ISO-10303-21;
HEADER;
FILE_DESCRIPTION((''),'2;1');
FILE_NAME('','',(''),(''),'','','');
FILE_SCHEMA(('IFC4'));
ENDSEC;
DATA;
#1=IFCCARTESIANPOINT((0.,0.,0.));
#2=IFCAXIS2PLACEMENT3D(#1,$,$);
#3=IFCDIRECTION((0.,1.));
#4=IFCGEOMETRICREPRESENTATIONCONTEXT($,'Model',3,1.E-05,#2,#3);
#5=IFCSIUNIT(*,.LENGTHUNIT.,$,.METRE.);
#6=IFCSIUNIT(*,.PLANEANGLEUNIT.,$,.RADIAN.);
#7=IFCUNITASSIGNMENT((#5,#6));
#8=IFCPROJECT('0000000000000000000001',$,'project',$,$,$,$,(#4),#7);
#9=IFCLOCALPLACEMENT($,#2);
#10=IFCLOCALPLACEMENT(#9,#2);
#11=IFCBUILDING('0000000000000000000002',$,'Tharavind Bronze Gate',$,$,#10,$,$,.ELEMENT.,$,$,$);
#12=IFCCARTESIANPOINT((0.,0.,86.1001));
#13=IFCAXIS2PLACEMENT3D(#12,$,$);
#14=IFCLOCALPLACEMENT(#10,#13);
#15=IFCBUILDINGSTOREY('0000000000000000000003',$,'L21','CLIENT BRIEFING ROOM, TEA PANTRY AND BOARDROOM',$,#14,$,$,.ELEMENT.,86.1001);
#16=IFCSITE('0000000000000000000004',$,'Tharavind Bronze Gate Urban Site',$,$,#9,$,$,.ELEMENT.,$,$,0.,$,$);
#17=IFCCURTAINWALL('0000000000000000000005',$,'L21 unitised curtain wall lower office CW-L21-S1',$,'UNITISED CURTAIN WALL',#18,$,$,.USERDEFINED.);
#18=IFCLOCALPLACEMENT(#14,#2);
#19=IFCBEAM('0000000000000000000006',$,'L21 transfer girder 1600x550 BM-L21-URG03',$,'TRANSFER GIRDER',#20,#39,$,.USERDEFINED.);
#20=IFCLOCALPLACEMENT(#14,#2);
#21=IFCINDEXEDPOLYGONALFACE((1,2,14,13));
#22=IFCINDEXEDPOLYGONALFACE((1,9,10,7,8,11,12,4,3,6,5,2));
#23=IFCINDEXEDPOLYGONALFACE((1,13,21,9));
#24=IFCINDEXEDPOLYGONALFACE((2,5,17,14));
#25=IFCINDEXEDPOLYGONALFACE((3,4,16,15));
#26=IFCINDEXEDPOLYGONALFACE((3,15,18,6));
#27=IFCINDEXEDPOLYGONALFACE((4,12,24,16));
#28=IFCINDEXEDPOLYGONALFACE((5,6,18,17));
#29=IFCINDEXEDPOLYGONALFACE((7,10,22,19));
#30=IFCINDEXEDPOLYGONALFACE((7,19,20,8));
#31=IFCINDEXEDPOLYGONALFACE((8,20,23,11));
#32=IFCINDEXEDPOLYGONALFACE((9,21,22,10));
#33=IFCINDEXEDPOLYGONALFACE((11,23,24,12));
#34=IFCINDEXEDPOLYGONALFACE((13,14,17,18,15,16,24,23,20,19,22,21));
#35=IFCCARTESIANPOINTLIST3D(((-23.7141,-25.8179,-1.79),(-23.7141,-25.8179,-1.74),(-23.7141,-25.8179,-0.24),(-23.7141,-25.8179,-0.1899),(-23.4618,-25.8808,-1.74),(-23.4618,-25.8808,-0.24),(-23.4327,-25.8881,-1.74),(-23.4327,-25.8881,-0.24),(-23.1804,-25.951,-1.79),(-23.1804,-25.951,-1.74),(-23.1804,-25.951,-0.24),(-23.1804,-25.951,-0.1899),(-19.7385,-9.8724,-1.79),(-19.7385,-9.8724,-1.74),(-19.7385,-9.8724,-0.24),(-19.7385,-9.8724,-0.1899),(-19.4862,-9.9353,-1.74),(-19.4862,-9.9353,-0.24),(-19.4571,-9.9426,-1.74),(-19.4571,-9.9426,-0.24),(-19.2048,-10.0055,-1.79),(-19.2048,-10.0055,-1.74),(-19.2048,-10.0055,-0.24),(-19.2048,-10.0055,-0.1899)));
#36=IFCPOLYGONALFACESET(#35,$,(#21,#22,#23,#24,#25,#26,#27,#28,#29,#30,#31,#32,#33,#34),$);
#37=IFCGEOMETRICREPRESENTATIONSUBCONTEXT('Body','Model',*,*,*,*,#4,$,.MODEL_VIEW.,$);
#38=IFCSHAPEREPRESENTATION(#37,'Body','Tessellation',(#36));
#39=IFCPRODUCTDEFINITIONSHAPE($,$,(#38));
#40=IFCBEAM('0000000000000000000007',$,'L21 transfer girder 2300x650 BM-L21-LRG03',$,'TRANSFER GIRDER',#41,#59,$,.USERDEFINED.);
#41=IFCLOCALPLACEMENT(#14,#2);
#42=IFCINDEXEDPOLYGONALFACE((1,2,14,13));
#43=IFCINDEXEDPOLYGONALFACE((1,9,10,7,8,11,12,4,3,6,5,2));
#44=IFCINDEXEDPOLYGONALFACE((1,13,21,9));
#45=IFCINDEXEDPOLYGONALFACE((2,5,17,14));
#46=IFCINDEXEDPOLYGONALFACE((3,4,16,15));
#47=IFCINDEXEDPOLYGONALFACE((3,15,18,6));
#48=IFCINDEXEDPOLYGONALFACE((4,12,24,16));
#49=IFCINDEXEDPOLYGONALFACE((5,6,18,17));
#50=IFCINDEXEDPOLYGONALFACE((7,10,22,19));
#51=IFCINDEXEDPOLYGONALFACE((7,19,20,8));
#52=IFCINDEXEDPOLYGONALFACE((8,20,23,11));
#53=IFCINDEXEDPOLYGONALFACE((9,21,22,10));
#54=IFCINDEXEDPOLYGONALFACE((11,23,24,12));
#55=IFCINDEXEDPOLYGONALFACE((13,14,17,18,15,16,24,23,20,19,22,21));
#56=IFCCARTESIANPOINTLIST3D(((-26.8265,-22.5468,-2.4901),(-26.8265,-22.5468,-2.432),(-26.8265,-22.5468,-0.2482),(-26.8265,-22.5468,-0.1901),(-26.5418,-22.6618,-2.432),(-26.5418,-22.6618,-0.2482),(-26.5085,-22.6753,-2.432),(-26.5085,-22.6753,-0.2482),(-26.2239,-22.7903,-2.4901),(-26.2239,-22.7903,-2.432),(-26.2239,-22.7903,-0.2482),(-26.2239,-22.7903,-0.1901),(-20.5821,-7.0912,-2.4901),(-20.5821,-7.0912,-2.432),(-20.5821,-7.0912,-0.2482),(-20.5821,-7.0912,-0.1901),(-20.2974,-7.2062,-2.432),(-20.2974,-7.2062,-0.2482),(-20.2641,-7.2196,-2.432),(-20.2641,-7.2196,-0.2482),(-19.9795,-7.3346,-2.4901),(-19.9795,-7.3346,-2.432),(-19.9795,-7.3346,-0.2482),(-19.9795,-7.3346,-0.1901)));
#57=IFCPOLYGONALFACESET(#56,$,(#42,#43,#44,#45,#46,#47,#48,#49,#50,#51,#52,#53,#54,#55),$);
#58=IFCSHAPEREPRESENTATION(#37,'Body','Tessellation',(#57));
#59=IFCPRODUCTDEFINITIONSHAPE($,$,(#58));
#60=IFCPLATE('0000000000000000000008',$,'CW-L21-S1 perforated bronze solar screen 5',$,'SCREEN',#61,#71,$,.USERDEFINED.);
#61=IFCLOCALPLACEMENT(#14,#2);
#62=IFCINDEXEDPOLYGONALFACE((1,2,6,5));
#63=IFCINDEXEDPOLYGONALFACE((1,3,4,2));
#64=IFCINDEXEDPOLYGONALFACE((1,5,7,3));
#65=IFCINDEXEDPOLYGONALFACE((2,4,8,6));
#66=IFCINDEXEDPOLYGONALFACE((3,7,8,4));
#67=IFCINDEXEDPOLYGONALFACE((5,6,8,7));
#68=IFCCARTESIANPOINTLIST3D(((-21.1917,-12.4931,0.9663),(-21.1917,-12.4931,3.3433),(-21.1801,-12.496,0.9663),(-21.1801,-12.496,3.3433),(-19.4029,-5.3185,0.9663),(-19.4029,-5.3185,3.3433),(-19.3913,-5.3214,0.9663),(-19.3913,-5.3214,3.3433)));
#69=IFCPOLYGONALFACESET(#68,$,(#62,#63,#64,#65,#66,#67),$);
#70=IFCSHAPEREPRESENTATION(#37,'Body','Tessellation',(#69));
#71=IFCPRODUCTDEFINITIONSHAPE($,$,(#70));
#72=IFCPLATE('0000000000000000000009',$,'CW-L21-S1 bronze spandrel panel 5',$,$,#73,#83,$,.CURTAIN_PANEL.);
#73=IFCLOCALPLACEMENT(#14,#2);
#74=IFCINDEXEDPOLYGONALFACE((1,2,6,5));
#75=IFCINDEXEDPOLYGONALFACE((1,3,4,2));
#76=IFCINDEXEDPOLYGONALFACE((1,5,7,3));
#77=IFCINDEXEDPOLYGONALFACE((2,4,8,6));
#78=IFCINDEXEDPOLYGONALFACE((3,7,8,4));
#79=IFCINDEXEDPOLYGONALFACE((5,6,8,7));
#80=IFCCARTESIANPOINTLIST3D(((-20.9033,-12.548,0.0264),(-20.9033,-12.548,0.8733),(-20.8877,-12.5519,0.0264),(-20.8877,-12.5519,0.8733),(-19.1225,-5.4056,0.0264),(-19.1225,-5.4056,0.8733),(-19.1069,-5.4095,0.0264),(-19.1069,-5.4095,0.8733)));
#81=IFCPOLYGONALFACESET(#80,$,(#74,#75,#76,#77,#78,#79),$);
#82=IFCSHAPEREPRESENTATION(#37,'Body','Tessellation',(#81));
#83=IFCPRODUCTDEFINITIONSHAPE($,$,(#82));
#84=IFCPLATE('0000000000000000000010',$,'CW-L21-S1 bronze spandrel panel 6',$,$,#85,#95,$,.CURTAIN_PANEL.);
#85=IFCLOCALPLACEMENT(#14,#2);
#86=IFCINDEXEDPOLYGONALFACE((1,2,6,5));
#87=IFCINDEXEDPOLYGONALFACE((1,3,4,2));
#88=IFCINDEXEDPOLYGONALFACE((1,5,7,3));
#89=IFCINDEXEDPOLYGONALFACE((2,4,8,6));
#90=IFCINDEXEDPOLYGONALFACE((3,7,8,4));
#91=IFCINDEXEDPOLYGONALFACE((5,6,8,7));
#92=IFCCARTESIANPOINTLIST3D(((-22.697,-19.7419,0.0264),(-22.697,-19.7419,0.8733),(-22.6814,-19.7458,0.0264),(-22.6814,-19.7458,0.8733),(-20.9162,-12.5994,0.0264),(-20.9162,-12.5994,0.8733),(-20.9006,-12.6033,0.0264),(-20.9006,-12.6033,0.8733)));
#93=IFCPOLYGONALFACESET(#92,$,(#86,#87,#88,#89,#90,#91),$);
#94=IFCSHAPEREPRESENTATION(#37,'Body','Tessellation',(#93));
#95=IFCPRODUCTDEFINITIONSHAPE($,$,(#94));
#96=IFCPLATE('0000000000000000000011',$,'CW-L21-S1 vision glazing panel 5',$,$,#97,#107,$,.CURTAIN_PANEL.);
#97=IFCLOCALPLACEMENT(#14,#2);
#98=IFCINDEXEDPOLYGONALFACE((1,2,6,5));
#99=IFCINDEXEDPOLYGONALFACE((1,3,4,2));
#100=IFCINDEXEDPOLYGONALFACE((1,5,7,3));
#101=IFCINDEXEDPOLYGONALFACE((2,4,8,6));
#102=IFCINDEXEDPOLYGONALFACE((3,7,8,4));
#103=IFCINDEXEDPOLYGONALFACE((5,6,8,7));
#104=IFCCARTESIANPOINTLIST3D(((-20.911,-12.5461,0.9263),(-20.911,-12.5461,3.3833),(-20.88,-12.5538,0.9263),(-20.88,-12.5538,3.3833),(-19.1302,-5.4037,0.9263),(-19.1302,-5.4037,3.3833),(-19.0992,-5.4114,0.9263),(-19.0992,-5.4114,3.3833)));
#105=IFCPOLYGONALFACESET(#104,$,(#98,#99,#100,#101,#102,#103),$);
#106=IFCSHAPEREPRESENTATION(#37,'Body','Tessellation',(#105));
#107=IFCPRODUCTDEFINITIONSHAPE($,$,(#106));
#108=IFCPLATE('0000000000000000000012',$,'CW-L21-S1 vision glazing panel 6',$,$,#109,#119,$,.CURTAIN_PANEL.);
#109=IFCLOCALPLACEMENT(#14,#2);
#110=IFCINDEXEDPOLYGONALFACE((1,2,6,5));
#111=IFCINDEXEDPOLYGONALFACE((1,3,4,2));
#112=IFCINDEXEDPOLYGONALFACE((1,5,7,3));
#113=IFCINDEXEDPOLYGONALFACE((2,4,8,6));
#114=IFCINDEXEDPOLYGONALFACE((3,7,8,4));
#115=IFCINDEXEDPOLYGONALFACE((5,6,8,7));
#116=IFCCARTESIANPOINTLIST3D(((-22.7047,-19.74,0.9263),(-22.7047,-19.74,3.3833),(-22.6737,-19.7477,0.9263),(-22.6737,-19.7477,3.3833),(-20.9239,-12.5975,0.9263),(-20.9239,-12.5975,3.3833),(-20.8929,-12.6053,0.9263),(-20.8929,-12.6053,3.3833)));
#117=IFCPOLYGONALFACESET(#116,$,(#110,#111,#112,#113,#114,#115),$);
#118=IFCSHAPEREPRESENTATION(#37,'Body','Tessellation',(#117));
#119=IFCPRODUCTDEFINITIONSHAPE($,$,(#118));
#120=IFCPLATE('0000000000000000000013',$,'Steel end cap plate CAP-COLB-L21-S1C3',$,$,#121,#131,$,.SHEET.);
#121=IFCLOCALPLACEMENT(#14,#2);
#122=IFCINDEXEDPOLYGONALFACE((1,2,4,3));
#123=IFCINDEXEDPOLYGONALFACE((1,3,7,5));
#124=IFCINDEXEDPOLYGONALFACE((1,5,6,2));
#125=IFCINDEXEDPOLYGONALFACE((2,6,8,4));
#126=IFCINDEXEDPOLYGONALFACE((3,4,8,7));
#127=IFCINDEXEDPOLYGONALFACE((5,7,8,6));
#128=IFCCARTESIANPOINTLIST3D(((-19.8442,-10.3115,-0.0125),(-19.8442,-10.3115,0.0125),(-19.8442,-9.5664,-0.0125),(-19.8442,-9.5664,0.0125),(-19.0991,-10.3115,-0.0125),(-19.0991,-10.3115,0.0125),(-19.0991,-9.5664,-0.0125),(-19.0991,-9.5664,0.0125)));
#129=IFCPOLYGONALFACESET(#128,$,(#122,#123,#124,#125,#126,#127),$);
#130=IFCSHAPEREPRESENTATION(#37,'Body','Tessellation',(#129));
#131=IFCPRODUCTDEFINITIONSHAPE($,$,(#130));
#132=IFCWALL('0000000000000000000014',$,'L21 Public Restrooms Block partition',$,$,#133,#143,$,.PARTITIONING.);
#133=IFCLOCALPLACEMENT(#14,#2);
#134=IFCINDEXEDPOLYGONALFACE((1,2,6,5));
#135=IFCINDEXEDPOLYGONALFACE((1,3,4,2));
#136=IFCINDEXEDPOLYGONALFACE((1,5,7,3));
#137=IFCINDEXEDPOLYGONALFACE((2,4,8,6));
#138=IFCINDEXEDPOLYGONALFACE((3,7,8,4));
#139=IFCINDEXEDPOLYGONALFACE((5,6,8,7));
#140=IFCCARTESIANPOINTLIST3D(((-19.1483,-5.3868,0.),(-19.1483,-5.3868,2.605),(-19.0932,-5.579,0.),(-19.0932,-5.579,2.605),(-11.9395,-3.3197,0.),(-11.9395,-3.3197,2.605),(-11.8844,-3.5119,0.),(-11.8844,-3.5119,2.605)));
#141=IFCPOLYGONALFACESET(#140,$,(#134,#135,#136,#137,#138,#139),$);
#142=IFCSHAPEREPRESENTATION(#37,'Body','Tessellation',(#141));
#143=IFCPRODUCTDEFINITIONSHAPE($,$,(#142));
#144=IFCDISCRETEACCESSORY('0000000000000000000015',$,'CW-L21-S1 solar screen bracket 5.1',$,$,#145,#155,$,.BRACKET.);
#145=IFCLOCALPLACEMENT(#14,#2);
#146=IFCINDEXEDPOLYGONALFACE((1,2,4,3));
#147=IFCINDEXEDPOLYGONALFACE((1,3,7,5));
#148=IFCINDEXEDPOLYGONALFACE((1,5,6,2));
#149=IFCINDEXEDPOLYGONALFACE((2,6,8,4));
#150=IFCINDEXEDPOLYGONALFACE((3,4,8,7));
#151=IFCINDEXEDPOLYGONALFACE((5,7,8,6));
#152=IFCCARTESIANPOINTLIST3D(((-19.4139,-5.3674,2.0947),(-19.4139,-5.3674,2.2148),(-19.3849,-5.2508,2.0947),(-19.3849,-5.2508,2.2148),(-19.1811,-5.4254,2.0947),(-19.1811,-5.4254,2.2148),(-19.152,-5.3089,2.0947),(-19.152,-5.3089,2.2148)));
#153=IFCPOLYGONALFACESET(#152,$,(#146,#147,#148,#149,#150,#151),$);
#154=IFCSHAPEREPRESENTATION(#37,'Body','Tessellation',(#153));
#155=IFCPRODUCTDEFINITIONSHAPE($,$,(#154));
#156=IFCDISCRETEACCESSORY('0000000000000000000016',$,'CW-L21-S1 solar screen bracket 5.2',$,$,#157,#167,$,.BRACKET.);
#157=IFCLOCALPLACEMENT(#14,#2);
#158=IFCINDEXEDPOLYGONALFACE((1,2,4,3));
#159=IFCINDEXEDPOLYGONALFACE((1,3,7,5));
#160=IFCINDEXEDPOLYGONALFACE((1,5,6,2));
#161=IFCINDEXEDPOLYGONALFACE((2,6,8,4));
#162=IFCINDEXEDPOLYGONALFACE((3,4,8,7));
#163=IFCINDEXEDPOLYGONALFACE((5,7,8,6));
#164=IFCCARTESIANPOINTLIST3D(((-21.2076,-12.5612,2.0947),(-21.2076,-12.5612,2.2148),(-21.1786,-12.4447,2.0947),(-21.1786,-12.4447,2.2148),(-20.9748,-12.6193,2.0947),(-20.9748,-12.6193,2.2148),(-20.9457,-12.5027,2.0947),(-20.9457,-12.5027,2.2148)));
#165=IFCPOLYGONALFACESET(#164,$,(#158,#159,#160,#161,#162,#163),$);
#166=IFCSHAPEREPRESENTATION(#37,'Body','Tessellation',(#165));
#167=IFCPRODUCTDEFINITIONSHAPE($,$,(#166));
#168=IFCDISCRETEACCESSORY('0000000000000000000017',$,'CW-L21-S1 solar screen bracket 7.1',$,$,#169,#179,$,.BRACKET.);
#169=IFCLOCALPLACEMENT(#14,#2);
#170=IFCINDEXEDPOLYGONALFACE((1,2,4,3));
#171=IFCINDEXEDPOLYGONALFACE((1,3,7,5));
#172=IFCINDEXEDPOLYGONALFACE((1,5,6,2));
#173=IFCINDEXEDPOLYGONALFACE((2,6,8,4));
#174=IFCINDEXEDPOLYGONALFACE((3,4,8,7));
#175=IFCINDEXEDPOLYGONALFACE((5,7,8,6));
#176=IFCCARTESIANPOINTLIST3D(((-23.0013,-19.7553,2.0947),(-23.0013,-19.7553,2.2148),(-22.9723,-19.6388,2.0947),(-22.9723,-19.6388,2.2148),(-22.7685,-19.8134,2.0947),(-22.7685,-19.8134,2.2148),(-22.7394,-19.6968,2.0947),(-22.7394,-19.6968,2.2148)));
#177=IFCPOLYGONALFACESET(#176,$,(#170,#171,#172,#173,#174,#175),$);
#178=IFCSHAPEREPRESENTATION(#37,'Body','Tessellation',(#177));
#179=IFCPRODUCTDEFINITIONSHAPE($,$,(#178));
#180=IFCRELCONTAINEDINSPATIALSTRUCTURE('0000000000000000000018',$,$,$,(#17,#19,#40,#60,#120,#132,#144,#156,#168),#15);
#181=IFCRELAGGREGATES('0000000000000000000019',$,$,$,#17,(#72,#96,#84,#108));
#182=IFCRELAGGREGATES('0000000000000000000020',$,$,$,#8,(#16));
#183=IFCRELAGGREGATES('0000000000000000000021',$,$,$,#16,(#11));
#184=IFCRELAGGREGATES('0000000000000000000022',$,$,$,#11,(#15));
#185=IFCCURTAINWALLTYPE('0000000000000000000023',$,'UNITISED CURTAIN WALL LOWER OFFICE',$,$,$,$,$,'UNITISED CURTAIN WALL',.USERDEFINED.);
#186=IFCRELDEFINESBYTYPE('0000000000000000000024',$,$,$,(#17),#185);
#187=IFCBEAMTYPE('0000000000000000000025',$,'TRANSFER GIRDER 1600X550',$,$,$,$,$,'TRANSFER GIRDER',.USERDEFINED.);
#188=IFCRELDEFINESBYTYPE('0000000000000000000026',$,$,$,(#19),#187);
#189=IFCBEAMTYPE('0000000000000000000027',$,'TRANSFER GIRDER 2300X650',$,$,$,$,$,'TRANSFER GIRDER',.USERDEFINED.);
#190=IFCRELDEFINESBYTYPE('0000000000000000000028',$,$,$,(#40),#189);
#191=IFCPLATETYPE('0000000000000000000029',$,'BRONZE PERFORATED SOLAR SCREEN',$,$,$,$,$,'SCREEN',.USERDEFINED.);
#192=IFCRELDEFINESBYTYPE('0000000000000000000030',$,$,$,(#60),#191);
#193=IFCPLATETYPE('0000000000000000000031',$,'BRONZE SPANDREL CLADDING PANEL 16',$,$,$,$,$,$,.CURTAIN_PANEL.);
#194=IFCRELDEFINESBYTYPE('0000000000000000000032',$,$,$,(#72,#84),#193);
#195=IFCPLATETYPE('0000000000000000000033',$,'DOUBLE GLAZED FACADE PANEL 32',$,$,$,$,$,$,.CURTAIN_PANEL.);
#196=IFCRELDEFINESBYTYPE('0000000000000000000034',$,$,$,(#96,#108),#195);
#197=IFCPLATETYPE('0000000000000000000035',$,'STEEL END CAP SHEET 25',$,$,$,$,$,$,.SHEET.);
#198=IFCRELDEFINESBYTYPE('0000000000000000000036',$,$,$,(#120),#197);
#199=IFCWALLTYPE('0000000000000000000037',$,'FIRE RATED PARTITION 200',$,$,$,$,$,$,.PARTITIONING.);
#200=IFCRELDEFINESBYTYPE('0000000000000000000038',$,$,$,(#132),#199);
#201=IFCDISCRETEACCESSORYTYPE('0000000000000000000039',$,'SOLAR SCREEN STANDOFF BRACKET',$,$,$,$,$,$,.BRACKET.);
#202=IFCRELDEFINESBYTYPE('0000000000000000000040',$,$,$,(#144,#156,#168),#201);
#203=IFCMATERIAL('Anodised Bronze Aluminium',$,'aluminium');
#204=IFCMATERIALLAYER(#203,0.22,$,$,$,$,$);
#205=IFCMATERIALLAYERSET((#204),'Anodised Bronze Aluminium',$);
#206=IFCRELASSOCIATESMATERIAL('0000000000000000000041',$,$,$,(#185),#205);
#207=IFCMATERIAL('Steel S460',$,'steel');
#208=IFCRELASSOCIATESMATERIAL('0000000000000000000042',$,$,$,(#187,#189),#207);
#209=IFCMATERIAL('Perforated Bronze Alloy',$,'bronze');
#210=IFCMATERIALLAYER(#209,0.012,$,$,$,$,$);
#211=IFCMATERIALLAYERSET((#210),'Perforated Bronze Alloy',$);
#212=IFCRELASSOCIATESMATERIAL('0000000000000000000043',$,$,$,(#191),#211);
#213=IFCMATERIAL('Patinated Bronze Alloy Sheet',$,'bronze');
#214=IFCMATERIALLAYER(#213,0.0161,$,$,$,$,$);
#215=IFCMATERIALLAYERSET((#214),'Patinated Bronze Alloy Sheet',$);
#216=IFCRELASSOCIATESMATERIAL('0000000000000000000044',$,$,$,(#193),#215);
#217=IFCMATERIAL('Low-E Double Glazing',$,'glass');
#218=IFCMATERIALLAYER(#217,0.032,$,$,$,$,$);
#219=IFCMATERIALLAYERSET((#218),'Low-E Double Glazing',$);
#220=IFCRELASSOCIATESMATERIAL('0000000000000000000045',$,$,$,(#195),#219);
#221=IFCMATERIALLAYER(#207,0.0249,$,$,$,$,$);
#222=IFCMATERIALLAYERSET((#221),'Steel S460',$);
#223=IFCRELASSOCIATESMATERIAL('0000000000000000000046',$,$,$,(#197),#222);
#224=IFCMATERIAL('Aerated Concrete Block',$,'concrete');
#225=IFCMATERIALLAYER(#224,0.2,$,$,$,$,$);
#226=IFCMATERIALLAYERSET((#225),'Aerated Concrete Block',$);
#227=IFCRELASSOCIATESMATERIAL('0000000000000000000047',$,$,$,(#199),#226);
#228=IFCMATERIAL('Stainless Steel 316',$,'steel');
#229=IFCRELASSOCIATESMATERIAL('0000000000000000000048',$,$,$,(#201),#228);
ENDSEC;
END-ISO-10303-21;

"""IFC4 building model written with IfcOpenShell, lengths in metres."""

from ifc_helpers import new_model, si_unit, direction, frame, frame_2d, origin, origin_2d, place, context, subcontext, project, spatial, rectangle, i_section, extrude, material, layer, layer_set, material_profile, profile_set, type_object, element, aggregate, save


model = new_model("IFC4")

# Units and contexts
model_context = context("Model", 3, precision=1e-05, world=origin(), true_north=direction((0.0, 1.0)))
body_context = subcontext(model_context, "Body", "Model", "MODEL_VIEW")
ifc_project = project(units=[si_unit("LENGTHUNIT", "METRE"), si_unit("PLANEANGLEUNIT", "RADIAN")], contexts=[model_context])

# Site, building, storey
site_placement = place(None, origin())
site = spatial("IfcSite", under=ifc_project, at=site_placement, Name="Tharavind Bronze Gate Urban Site", CompositionType="ELEMENT", RefElevation=0.0)
building_placement = place(site_placement, origin())
building = spatial("IfcBuilding", under=site, at=building_placement, Name="Tharavind Bronze Gate", CompositionType="ELEMENT")
storey_placement = place(building_placement, frame((0.0, 0.0, 86.1001)))
storey = spatial("IfcBuildingStorey", under=building, at=storey_placement, Name="L21", Description="CLIENT BRIEFING ROOM, TEA PANTRY AND BOARDROOM", CompositionType="ELEMENT", Elevation=86.1001)

# Shared definitions
ifc_material_1 = material(Name="Steel S460", Category="steel")

# Curtain wall
ifc_material_2 = material(Name="Anodised Bronze Aluminium", Category="aluminium")
ifc_layer_1 = layer(ifc_material_2, 0.22)
ifc_layer_set_1 = layer_set([ifc_layer_1], Name="Anodised Bronze Aluminium")
curtain_wall_type = type_object("IfcCurtainWallType", Name="UNITISED CURTAIN WALL LOWER OFFICE", ElementType="UNITISED CURTAIN WALL", PredefinedType="USERDEFINED", material=ifc_layer_set_1)
curtain_wall_placement = place(storey_placement, origin())
curtain_wall = element("IfcCurtainWall", 1, at=curtain_wall_placement, inside=storey, type_object=curtain_wall_type, Name="L21 unitised curtain wall lower office CW-L21-S1", ObjectType="UNITISED CURTAIN WALL", PredefinedType="USERDEFINED")

# Beams
ifc_material_profile_1 = material_profile(ifc_material_1, i_section(OverallWidth=0.55, OverallDepth=1.6001, WebThickness=0.03, FlangeThickness=0.05, at=origin_2d()), Name="PG1600X550")
ifc_profile_set_1 = profile_set([ifc_material_profile_1], Name="Steel S460")
beam_type_1 = type_object("IfcBeamType", Name="TRANSFER GIRDER 1600X550", ElementType="TRANSFER GIRDER", PredefinedType="USERDEFINED", material=ifc_profile_set_1)
beam_1_placement = place(storey_placement, frame((-19.4717, -9.939, -0.99), z_axis=(-0.241917, -0.970297, 0.0), x_axis=(0.970297, -0.241917, 0.0)))
element("IfcBeam", 2, at=beam_1_placement, inside=storey, type_object=beam_type_1, Name="L21 transfer girder 1600x550 BM-L21-URG03", ObjectType="TRANSFER GIRDER", PredefinedType="USERDEFINED", context=body_context, shape_type="SweptSolid", body=[
    extrude(i_section(OverallWidth=0.55, OverallDepth=1.6001, WebThickness=0.03, FlangeThickness=0.05, at=origin_2d()), origin(), (0.0, 0.0, 1.0), 16.4336),
])
ifc_material_profile_2 = material_profile(ifc_material_1, i_section(OverallWidth=0.6499, OverallDepth=2.3, WebThickness=0.0359, FlangeThickness=0.0581, at=origin_2d()), Name="PG2300X650")
ifc_profile_set_2 = profile_set([ifc_material_profile_2], Name="Steel S460")
beam_type_2 = type_object("IfcBeamType", Name="TRANSFER GIRDER 2300X650", ElementType="TRANSFER GIRDER", PredefinedType="USERDEFINED", material=ifc_profile_set_2)
beam_2_placement = place(storey_placement, frame((-20.2808, -7.2129, -1.3401), z_axis=(-0.374603, -0.927185, 0.0), x_axis=(0.927185, -0.374603, 0.0)))
element("IfcBeam", 3, at=beam_2_placement, inside=storey, type_object=beam_type_2, Name="L21 transfer girder 2300x650 BM-L21-LRG03", ObjectType="TRANSFER GIRDER", PredefinedType="USERDEFINED", context=body_context, shape_type="SweptSolid", body=[
    extrude(i_section(OverallWidth=0.6499, OverallDepth=2.3, WebThickness=0.0359, FlangeThickness=0.0581, at=origin_2d()), origin(), (0.0, 0.0, 1.0), 16.6694),
])

# Plates
ifc_material_3 = material(Name="Perforated Bronze Alloy", Category="bronze")
ifc_layer_2 = layer(ifc_material_3, 0.012)
ifc_layer_set_2 = layer_set([ifc_layer_2], Name="Perforated Bronze Alloy")
plate_type_1 = type_object("IfcPlateType", Name="BRONZE PERFORATED SOLAR SCREEN", ElementType="SCREEN", PredefinedType="USERDEFINED", material=ifc_layer_set_2)
plate_1_placement = place(storey_placement, frame((-20.2915, -8.9072, 0.9663), z_axis=(0.0, 0.0, 1.0), x_axis=(-0.241922, -0.970296, 0.0)))
element("IfcPlate", 4, at=plate_1_placement, inside=storey, type_object=plate_type_1, Name="CW-L21-S1 perforated bronze solar screen 5", ObjectType="SCREEN", PredefinedType="USERDEFINED", context=body_context, shape_type="SweptSolid", body=[
    extrude(rectangle(XDim=7.3943, YDim=0.012, at=origin_2d()), origin(), (0.0, 0.0, 1.0), 2.377),
])
ifc_material_4 = material(Name="Patinated Bronze Alloy Sheet", Category="bronze")
ifc_layer_3 = layer(ifc_material_4, 0.0161)
ifc_layer_set_3 = layer_set([ifc_layer_3], Name="Patinated Bronze Alloy Sheet")
plate_type_2 = type_object("IfcPlateType", Name="BRONZE SPANDREL CLADDING PANEL 16", PredefinedType="CURTAIN_PANEL", material=ifc_layer_set_3)
plate_2_placement = place(storey_placement, frame((-20.0051, -8.9788, 0.0264), z_axis=(0.0, 0.0, 1.0), x_axis=(-0.241922, -0.970296, 0.0)))
plate_2 = element("IfcPlate", 5, at=plate_2_placement, type_object=plate_type_2, Name="CW-L21-S1 bronze spandrel panel 5", PredefinedType="CURTAIN_PANEL", context=body_context, shape_type="SweptSolid", body=[
    extrude(rectangle(XDim=7.3611, YDim=0.0161, at=origin_2d()), origin(), (0.0, 0.0, 1.0), 0.8469),
])
plate_3_placement = place(storey_placement, frame((-21.7988, -16.1726, 0.0264), z_axis=(0.0, 0.0, 1.0), x_axis=(-0.241922, -0.970296, 0.0)))
plate_3 = element("IfcPlate", 6, at=plate_3_placement, type_object=plate_type_2, Name="CW-L21-S1 bronze spandrel panel 6", PredefinedType="CURTAIN_PANEL", context=body_context, shape_type="SweptSolid", body=[
    extrude(rectangle(XDim=7.3611, YDim=0.0161, at=origin_2d()), origin(), (0.0, 0.0, 1.0), 0.8469),
])
ifc_material_5 = material(Name="Low-E Double Glazing", Category="glass")
ifc_layer_4 = layer(ifc_material_5, 0.032)
ifc_layer_set_4 = layer_set([ifc_layer_4], Name="Low-E Double Glazing")
plate_type_3 = type_object("IfcPlateType", Name="DOUBLE GLAZED FACADE PANEL 32", PredefinedType="CURTAIN_PANEL", material=ifc_layer_set_4)
plate_4_placement = place(storey_placement, frame((-20.0051, -8.9788, 0.9263), z_axis=(0.0, 0.0, 1.0), x_axis=(-0.241922, -0.970296, 0.0)))
plate_4 = element("IfcPlate", 7, at=plate_4_placement, type_object=plate_type_3, Name="CW-L21-S1 vision glazing panel 5", PredefinedType="CURTAIN_PANEL", context=body_context, shape_type="SweptSolid", body=[
    extrude(rectangle(XDim=7.3611, YDim=0.032, at=origin_2d()), origin(), (0.0, 0.0, 1.0), 2.457),
])
plate_5_placement = place(storey_placement, frame((-21.7988, -16.1726, 0.9263), z_axis=(0.0, 0.0, 1.0), x_axis=(-0.241922, -0.970296, 0.0)))
plate_5 = element("IfcPlate", 8, at=plate_5_placement, type_object=plate_type_3, Name="CW-L21-S1 vision glazing panel 6", PredefinedType="CURTAIN_PANEL", context=body_context, shape_type="SweptSolid", body=[
    extrude(rectangle(XDim=7.3611, YDim=0.032, at=origin_2d()), origin(), (0.0, 0.0, 1.0), 2.457),
])
aggregate(curtain_wall, [plate_2, plate_4, plate_3, plate_5])
ifc_layer_5 = layer(ifc_material_1, 0.0249)
ifc_layer_set_5 = layer_set([ifc_layer_5], Name="Steel S460")
plate_type_4 = type_object("IfcPlateType", Name="STEEL END CAP SHEET 25", PredefinedType="SHEET", material=ifc_layer_set_5)
plate_6_placement = place(storey_placement, frame((-19.4717, -9.939, -0.0125), z_axis=(0.0, 0.0, 1.0), x_axis=(1.0, 0.0, 0.0)))
element("IfcPlate", 9, at=plate_6_placement, inside=storey, type_object=plate_type_4, Name="Steel end cap plate CAP-COLB-L21-S1C3", PredefinedType="SHEET", context=body_context, shape_type="SweptSolid", body=[
    extrude(rectangle(XDim=0.7451, YDim=0.7451, at=origin_2d()), origin(), (0.0, 0.0, 1.0), 0.0249),
])

# Wall
ifc_material_6 = material(Name="Aerated Concrete Block", Category="concrete")
ifc_layer_6 = layer(ifc_material_6, 0.2)
ifc_layer_set_6 = layer_set([ifc_layer_6], Name="Aerated Concrete Block")
wall_type = type_object("IfcWallType", Name="FIRE RATED PARTITION 200", PredefinedType="PARTITIONING", material=ifc_layer_set_6)
wall_placement = place(storey_placement, frame((-19.1206, -5.4829, 0.0), z_axis=(0.0, 0.0, 1.0), x_axis=(0.961259, 0.275645, 0.0)))
element("IfcWall", 10, at=wall_placement, inside=storey, type_object=wall_type, Name="L21 Public Restrooms Block partition", PredefinedType="PARTITIONING", context=body_context, shape_type="SweptSolid", body=[
    extrude(rectangle(XDim=7.4993, YDim=0.2, at=frame_2d((3.7495, 0.0))), origin(), (0.0, 0.0, 1.0), 2.605),
])

# Discrete accessories
ifc_material_7 = material(Name="Stainless Steel 316", Category="steel")
discrete_accessory_type = type_object("IfcDiscreteAccessoryType", Name="SOLAR SCREEN STANDOFF BRACKET", PredefinedType="BRACKET", material=ifc_material_7)
for number, where, z_axis, x_axis, name in (
    (11, (-19.283, -5.3381, 2.0947), (0.0, 0.0, 1.0), (-0.241922, -0.970296, 0.0), "CW-L21-S1 solar screen bracket 5.1"),
    (12, (-21.0767, -12.532, 2.0947), (0.0, 0.0, 1.0), (-0.241922, -0.970296, 0.0), "CW-L21-S1 solar screen bracket 5.2"),
    (13, (-22.8704, -19.7261, 2.0947), (0.0, 0.0, 1.0), (-0.241922, -0.970296, 0.0), "CW-L21-S1 solar screen bracket 7.1"),
):
    element("IfcDiscreteAccessory", number, at=place(storey_placement, frame(where, z_axis=z_axis, x_axis=x_axis)), inside=storey, type_object=discrete_accessory_type, Name=name, PredefinedType="BRACKET", context=body_context, shape_type="SweptSolid", body=[
        extrude(rectangle(XDim=0.1201, YDim=0.24, at=origin_2d()), origin(), (0.0, 0.0, 1.0), 0.1201),
    ])

save(model, "model.ifc")
